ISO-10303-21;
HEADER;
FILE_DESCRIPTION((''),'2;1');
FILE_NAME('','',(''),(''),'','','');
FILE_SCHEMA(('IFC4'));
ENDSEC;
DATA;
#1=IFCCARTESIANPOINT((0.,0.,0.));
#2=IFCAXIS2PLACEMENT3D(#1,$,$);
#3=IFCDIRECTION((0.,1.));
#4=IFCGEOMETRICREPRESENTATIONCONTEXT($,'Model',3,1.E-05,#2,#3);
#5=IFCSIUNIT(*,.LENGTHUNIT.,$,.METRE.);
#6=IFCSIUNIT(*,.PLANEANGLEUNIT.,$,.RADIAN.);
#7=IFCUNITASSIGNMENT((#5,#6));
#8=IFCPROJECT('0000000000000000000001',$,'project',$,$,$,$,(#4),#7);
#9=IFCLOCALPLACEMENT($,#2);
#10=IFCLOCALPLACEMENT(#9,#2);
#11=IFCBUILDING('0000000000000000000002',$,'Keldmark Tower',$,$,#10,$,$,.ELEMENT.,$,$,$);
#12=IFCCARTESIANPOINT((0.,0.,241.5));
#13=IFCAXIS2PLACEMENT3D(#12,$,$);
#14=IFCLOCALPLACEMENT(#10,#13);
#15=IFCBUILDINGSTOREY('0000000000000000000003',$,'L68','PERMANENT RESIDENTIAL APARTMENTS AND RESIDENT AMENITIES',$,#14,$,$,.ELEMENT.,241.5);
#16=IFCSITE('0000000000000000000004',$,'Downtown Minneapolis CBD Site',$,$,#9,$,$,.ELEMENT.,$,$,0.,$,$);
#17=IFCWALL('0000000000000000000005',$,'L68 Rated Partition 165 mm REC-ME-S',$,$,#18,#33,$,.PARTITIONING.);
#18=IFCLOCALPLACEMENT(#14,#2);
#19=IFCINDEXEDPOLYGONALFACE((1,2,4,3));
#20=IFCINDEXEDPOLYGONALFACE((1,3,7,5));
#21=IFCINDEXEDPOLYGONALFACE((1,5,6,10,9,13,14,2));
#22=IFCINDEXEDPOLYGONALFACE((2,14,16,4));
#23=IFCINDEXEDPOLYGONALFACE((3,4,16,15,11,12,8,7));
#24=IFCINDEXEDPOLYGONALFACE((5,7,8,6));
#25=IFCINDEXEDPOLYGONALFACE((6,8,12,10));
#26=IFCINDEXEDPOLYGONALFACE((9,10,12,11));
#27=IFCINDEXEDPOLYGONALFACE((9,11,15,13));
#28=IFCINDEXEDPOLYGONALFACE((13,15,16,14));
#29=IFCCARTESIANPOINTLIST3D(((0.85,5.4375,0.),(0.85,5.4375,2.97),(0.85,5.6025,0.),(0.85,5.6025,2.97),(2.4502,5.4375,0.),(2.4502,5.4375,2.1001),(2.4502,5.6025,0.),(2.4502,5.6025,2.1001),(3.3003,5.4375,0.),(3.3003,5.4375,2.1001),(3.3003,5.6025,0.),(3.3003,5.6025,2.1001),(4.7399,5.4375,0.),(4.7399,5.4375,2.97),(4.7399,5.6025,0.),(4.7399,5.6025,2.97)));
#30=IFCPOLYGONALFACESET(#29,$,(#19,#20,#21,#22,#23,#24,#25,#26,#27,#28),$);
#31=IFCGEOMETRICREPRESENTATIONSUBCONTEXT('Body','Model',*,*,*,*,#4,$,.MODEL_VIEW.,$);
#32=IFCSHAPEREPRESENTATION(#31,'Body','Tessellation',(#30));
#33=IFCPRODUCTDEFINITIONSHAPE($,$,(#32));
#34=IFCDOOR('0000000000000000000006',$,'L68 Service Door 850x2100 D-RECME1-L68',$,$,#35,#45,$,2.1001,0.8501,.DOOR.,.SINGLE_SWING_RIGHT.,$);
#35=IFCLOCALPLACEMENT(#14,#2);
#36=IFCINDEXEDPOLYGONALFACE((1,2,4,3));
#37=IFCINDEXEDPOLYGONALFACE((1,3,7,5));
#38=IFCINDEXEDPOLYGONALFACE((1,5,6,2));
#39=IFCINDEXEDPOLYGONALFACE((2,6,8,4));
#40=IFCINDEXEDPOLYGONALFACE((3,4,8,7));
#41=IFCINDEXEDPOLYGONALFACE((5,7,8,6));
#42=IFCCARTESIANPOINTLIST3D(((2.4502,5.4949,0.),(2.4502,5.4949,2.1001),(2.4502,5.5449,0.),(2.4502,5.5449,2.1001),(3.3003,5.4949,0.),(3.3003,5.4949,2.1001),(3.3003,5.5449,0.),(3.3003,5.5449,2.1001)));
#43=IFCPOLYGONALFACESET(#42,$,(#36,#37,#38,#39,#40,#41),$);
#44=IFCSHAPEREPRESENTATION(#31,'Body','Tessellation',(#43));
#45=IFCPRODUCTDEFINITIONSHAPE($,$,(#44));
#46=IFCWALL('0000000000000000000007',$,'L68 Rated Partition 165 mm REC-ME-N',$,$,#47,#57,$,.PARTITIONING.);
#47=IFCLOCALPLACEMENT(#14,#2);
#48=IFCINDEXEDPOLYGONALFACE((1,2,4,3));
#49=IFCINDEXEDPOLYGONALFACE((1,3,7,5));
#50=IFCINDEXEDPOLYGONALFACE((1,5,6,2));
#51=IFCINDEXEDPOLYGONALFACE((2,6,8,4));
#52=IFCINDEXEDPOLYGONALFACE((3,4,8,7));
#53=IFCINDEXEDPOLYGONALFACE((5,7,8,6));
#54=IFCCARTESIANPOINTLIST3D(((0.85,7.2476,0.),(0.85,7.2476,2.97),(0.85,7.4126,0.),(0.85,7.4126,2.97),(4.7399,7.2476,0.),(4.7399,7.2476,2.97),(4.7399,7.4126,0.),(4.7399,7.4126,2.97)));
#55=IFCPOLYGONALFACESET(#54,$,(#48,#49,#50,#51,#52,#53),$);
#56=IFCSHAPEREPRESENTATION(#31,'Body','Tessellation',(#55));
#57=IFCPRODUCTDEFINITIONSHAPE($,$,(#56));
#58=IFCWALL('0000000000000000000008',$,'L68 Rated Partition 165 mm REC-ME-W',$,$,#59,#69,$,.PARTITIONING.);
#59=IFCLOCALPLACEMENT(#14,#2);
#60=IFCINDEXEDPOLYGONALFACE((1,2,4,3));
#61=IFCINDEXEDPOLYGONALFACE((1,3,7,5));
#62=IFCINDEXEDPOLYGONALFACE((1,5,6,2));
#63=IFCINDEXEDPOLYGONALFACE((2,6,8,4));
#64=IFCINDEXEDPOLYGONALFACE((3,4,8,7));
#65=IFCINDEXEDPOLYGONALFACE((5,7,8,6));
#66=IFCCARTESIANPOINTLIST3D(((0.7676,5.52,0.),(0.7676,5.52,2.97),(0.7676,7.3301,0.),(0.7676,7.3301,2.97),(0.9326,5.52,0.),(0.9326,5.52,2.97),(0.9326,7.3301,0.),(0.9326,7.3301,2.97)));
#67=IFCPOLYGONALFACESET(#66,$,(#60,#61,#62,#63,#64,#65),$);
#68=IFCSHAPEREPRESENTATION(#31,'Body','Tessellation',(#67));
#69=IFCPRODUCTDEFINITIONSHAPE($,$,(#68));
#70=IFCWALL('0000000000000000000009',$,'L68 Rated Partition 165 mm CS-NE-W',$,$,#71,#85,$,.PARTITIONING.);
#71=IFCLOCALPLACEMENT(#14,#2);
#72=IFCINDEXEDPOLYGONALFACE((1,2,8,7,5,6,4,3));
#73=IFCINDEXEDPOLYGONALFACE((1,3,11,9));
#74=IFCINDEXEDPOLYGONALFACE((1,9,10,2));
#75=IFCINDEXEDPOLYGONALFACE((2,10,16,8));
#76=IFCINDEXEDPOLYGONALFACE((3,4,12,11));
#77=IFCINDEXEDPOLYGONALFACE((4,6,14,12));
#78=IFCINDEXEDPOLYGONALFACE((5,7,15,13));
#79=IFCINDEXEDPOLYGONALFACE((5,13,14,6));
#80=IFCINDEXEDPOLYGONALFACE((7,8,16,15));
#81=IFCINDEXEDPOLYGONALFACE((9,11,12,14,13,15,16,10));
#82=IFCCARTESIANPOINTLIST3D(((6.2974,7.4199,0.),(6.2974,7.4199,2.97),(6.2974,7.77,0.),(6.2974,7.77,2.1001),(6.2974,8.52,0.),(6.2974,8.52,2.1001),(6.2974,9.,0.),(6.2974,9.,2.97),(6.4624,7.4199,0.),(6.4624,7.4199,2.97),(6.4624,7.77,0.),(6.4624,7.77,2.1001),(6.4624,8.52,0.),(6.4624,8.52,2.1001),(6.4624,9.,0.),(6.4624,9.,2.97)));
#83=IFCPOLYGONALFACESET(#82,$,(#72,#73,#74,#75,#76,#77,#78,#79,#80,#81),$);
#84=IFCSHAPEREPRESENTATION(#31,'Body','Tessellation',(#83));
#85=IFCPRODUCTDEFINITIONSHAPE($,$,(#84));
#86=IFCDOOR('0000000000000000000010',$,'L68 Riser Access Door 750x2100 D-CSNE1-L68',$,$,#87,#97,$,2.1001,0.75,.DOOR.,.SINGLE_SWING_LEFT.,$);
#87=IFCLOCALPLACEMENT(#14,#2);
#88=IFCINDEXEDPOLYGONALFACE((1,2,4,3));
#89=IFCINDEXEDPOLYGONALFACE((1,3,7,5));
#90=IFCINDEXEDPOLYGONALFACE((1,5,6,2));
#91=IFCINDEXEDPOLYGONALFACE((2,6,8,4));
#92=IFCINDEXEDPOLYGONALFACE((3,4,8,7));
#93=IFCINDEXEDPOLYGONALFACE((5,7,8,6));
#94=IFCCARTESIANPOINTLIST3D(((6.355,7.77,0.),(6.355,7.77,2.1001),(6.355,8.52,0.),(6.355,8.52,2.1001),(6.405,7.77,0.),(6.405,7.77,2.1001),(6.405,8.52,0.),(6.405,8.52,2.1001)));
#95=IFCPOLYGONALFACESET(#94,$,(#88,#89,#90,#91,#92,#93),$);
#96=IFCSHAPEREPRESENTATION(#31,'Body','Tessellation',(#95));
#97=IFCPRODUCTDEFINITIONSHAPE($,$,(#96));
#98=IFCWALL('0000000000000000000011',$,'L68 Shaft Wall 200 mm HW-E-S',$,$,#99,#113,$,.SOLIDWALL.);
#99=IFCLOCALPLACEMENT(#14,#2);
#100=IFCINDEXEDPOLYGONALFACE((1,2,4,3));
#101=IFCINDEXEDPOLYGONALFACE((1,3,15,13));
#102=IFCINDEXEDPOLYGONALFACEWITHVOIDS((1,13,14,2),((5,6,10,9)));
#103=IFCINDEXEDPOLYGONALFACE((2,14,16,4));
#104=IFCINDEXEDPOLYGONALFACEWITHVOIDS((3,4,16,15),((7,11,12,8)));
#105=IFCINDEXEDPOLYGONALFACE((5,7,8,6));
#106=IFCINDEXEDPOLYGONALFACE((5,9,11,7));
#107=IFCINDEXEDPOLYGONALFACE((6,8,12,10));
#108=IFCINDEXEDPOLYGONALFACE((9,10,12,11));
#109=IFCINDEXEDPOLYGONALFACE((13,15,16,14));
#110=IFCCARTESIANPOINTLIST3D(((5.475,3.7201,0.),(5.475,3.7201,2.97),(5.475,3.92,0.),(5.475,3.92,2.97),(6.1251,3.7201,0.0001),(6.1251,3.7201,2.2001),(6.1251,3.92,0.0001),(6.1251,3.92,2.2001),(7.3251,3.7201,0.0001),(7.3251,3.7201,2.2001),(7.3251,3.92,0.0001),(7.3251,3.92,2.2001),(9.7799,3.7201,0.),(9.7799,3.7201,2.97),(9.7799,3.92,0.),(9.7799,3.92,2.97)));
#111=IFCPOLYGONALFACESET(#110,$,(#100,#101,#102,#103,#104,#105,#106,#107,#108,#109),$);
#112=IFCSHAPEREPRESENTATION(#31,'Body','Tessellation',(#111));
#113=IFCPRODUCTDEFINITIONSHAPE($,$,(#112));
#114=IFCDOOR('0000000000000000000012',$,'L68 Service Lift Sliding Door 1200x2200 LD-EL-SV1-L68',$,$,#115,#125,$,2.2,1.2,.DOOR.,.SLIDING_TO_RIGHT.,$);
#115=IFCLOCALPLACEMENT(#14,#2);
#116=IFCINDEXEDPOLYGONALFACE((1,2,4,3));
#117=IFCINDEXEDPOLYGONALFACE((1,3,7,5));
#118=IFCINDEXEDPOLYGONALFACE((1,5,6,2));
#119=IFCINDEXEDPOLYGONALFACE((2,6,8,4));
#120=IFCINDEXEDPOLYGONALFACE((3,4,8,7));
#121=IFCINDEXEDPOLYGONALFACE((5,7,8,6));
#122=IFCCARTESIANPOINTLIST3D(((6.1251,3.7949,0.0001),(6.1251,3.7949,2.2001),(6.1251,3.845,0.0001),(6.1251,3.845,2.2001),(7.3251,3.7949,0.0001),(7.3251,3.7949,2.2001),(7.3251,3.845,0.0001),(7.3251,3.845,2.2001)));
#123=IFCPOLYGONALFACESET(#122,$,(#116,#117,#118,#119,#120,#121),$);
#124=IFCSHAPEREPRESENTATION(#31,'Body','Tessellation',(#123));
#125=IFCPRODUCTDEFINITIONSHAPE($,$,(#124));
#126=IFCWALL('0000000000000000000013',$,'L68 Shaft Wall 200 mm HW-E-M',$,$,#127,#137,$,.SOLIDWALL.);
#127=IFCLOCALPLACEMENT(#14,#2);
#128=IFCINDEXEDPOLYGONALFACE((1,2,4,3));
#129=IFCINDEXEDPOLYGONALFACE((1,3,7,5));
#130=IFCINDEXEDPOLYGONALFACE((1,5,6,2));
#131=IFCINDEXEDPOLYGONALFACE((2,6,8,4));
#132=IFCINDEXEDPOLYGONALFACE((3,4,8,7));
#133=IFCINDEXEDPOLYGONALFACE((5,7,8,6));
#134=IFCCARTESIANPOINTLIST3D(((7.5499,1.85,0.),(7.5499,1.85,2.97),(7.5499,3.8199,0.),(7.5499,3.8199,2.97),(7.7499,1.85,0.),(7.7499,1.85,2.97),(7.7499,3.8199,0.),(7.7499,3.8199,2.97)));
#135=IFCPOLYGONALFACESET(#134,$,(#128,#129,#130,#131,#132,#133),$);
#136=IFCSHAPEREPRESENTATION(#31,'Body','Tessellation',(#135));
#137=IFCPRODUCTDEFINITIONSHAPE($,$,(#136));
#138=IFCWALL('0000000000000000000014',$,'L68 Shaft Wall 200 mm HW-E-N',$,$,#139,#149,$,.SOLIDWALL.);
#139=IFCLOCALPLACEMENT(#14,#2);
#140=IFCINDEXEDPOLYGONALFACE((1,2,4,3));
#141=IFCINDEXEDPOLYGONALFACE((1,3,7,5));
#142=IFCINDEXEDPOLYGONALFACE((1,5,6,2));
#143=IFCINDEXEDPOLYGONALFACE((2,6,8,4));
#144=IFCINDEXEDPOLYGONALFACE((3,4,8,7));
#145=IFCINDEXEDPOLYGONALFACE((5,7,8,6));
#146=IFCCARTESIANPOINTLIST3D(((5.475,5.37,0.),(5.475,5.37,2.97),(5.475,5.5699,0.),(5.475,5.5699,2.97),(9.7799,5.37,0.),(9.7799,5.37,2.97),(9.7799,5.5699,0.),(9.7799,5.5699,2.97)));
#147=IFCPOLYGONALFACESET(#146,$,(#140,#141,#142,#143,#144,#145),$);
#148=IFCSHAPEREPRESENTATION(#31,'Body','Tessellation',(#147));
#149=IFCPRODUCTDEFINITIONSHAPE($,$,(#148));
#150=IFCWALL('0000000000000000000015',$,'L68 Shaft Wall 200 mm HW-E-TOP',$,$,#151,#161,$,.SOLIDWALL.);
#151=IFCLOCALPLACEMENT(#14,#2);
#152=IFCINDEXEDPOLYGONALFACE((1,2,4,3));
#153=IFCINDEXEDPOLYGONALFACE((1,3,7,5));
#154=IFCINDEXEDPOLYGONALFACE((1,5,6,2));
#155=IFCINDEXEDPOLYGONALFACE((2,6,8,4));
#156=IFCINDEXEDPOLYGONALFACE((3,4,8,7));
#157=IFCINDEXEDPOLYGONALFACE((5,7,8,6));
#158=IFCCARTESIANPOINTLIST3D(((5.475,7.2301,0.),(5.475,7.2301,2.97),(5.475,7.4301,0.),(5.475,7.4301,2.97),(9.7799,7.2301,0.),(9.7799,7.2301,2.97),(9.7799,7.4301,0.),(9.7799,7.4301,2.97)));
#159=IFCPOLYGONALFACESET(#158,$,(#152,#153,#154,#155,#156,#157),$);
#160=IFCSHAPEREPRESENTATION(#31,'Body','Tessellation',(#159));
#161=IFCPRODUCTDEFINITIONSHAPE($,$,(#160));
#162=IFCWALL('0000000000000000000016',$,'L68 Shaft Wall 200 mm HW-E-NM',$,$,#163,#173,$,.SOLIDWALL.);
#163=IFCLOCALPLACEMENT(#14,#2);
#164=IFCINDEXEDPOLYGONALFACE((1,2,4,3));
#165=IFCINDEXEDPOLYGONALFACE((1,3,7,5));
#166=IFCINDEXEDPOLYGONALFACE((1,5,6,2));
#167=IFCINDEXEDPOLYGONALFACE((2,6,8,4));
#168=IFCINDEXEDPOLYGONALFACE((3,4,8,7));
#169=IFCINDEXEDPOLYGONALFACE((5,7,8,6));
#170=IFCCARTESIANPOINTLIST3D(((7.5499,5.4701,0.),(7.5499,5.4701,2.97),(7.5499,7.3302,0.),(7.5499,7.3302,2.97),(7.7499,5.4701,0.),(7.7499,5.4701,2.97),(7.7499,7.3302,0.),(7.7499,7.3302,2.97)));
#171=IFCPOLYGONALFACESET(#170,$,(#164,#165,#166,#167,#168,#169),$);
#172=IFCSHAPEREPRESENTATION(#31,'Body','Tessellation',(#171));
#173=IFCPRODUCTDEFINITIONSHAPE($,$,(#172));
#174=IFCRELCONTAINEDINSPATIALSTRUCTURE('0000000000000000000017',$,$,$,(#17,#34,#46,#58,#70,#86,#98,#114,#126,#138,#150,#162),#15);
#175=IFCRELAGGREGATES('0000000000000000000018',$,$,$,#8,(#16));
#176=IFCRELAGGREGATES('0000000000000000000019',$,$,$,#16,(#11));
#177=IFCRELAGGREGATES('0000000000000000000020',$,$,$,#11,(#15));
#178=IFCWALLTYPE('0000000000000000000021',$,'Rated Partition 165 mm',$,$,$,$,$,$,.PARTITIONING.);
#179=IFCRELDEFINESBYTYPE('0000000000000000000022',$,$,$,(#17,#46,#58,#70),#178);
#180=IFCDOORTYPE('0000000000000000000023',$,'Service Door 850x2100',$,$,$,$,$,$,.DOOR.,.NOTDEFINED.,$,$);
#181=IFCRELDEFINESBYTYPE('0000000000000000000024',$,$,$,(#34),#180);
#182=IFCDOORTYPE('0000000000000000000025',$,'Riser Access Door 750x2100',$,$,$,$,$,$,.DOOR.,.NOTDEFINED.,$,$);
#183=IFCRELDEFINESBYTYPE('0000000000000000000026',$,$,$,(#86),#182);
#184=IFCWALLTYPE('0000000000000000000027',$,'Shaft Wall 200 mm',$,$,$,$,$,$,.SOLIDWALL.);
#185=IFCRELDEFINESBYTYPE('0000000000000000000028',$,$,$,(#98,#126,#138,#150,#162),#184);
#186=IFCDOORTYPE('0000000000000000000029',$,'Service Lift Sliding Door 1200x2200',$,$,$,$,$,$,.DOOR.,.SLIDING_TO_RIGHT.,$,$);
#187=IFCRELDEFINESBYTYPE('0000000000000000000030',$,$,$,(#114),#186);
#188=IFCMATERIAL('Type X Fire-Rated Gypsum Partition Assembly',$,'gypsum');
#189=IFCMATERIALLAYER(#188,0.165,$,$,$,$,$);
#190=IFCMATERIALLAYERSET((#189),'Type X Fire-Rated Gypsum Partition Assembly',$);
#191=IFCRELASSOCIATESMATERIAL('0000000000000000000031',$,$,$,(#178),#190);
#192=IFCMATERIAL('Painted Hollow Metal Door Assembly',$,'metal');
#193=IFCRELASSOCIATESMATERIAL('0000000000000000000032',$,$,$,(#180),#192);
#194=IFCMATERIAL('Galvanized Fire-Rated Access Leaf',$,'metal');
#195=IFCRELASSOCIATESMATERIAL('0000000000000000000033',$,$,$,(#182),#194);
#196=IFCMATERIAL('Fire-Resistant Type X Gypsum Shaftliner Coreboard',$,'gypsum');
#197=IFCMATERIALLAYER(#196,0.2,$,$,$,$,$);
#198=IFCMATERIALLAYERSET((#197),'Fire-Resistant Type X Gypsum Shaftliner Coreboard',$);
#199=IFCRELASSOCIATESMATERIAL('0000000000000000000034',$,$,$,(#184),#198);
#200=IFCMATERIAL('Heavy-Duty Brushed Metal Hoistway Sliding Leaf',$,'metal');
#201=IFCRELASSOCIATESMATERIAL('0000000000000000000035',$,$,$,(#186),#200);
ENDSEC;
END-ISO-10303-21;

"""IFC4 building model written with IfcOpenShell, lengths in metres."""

from ifc_helpers import new_model, si_unit, direction, frame, frame_2d, origin, place, context, subcontext, project, spatial, rectangle, extrude, material, layer, layer_set, type_object, element, fill, save


model = new_model("IFC4")

# Units and contexts
model_context = context("Model", 3, precision=1e-05, world=origin(), true_north=direction((0.0, 1.0)))
body_context = subcontext(model_context, "Body", "Model", "MODEL_VIEW")
ifc_project = project(units=[si_unit("LENGTHUNIT", "METRE"), si_unit("PLANEANGLEUNIT", "RADIAN")], contexts=[model_context])

# Site, building, storey
site_placement = place(None, origin())
site = spatial("IfcSite", under=ifc_project, at=site_placement, Name="Downtown Minneapolis CBD Site", CompositionType="ELEMENT", RefElevation=0.0)
building_placement = place(site_placement, origin())
building = spatial("IfcBuilding", under=site, at=building_placement, Name="Keldmark Tower", CompositionType="ELEMENT")
storey_placement = place(building_placement, frame((0.0, 0.0, 241.5)))
storey = spatial("IfcBuildingStorey", under=building, at=storey_placement, Name="L68", Description="PERMANENT RESIDENTIAL APARTMENTS AND RESIDENT AMENITIES", CompositionType="ELEMENT", Elevation=241.5)

# Shared definitions
ifc_material_1 = material(Name="Type X Fire-Rated Gypsum Partition Assembly", Category="gypsum")
ifc_layer_1 = layer(ifc_material_1, 0.165)
ifc_layer_set_1 = layer_set([ifc_layer_1], Name="Type X Fire-Rated Gypsum Partition Assembly")
wall_type_1 = type_object("IfcWallType", Name="Rated Partition 165 mm", PredefinedType="PARTITIONING", material=ifc_layer_set_1)

# Shared definitions
ifc_material_2 = material(Name="Painted Hollow Metal Door Assembly", Category="metal")
door_type_1 = type_object("IfcDoorType", Name="Service Door 850x2100", OperationType="NOTDEFINED", PredefinedType="DOOR", material=ifc_material_2)

# Wall, opening, door
wall_1_placement = place(storey_placement, frame((0.8501, 5.52, 0.0), z_axis=(0.0, 0.0, 1.0), x_axis=(1.0, 0.0, 0.0)))
wall_1 = element("IfcWall", 1, at=wall_1_placement, inside=storey, type_object=wall_type_1, Name="L68 Rated Partition 165 mm REC-ME-S", PredefinedType="PARTITIONING", context=body_context, shape_type="SweptSolid", body=[
    extrude(rectangle(XDim=3.8899, YDim=0.165, at=frame_2d((1.9448, 0.0))), origin(), (0.0, 0.0, 1.0), 2.97),
])
opening_1_placement = place(wall_1_placement, frame((1.6001, 0.0, 0.0)))
opening_1 = element("IfcOpeningElement", 2, at=opening_1_placement, cuts=wall_1, PredefinedType="OPENING", context=body_context, shape_type="SweptSolid", body=[
    extrude(rectangle(XDim=0.8501, YDim=2.1001, at=frame_2d((0.425, 1.05))), frame((0.0, 0.0925, 0.0), z_axis=(0.0, -1.0, 0.0), x_axis=(1.0, 0.0, 0.0)), (0.0, 0.0, 1.0), 0.1851),
])
door_1_placement = place(opening_1_placement, origin())
door_1 = element("IfcDoor", 3, at=door_1_placement, inside=storey, type_object=door_type_1, Name="L68 Service Door 850x2100 D-RECME1-L68", OperationType="SINGLE_SWING_RIGHT", OverallHeight=2.1001, OverallWidth=0.8501, PredefinedType="DOOR", context=body_context, shape_type="SweptSolid", body=[
    extrude(rectangle(XDim=0.8501, YDim=2.1001, at=frame_2d((0.425, 1.05))), frame((0.0, 0.0249, 0.0), z_axis=(0.0, -1.0, 0.0), x_axis=(1.0, 0.0, 0.0)), (0.0, 0.0, 1.0), 0.05),
])
fill(opening_1, door_1)

# Walls
wall_2_placement = place(storey_placement, frame((0.8501, 7.3301, 0.0), z_axis=(0.0, 0.0, 1.0), x_axis=(1.0, 0.0, 0.0)))
element("IfcWall", 4, at=wall_2_placement, inside=storey, type_object=wall_type_1, Name="L68 Rated Partition 165 mm REC-ME-N", PredefinedType="PARTITIONING", context=body_context, shape_type="SweptSolid", body=[
    extrude(rectangle(XDim=3.8899, YDim=0.165, at=frame_2d((1.9448, 0.0))), origin(), (0.0, 0.0, 1.0), 2.97),
])
wall_3_placement = place(storey_placement, frame((0.8501, 5.52, 0.0), z_axis=(0.0, 0.0, 1.0), x_axis=(0.0, 1.0, 0.0)))
element("IfcWall", 5, at=wall_3_placement, inside=storey, type_object=wall_type_1, Name="L68 Rated Partition 165 mm REC-ME-W", PredefinedType="PARTITIONING", context=body_context, shape_type="SweptSolid", body=[
    extrude(rectangle(XDim=1.8101, YDim=0.165, at=frame_2d((0.905, 0.0))), origin(), (0.0, 0.0, 1.0), 2.97),
])

# Walls, openings, doors
wall_4_placement = place(storey_placement, frame((6.3799, 7.4199, 0.0), z_axis=(0.0, 0.0, 1.0), x_axis=(0.0, 1.0, 0.0)))
wall_4 = element("IfcWall", 6, at=wall_4_placement, inside=storey, type_object=wall_type_1, Name="L68 Rated Partition 165 mm CS-NE-W", PredefinedType="PARTITIONING", context=body_context, shape_type="SweptSolid", body=[
    extrude(rectangle(XDim=1.5801, YDim=0.165, at=frame_2d((0.79, 0.0))), origin(), (0.0, 0.0, 1.0), 2.97),
])
opening_2_placement = place(wall_4_placement, frame((0.3501, 0.0, 0.0)))
opening_2 = element("IfcOpeningElement", 7, at=opening_2_placement, cuts=wall_4, PredefinedType="OPENING", context=body_context, shape_type="SweptSolid", body=[
    extrude(rectangle(XDim=0.75, YDim=2.1001, at=frame_2d((0.375, 1.05))), frame((0.0, 0.0925, 0.0), z_axis=(0.0, -1.0, 0.0), x_axis=(1.0, 0.0, 0.0)), (0.0, 0.0, 1.0), 0.1851),
])
ifc_material_3 = material(Name="Galvanized Fire-Rated Access Leaf", Category="metal")
door_type_2 = type_object("IfcDoorType", Name="Riser Access Door 750x2100", OperationType="NOTDEFINED", PredefinedType="DOOR", material=ifc_material_3)
door_2_placement = place(opening_2_placement, origin())
door_2 = element("IfcDoor", 8, at=door_2_placement, inside=storey, type_object=door_type_2, Name="L68 Riser Access Door 750x2100 D-CSNE1-L68", OperationType="SINGLE_SWING_LEFT", OverallHeight=2.1001, OverallWidth=0.75, PredefinedType="DOOR", context=body_context, shape_type="SweptSolid", body=[
    extrude(rectangle(XDim=0.75, YDim=2.1001, at=frame_2d((0.375, 1.05))), frame((0.0, 0.0249, 0.0), z_axis=(0.0, -1.0, 0.0), x_axis=(1.0, 0.0, 0.0)), (0.0, 0.0, 1.0), 0.05),
])
fill(opening_2, door_2)
ifc_material_4 = material(Name="Fire-Resistant Type X Gypsum Shaftliner Coreboard", Category="gypsum")
ifc_layer_2 = layer(ifc_material_4, 0.2)
ifc_layer_set_2 = layer_set([ifc_layer_2], Name="Fire-Resistant Type X Gypsum Shaftliner Coreboard")
wall_type_2 = type_object("IfcWallType", Name="Shaft Wall 200 mm", PredefinedType="SOLIDWALL", material=ifc_layer_set_2)
wall_5_placement = place(storey_placement, frame((5.4751, 3.8201, 0.0), z_axis=(0.0, 0.0, 1.0), x_axis=(1.0, 0.0, 0.0)))
wall_5 = element("IfcWall", 9, at=wall_5_placement, inside=storey, type_object=wall_type_2, Name="L68 Shaft Wall 200 mm HW-E-S", PredefinedType="SOLIDWALL", context=body_context, shape_type="SweptSolid", body=[
    extrude(rectangle(XDim=4.3049, YDim=0.2, at=frame_2d((2.1523, 0.0))), origin(), (0.0, 0.0, 1.0), 2.97),
])
opening_3_placement = place(wall_5_placement, frame((0.6499, 0.0, 0.0)))
opening_3 = element("IfcOpeningElement", 10, at=opening_3_placement, cuts=wall_5, PredefinedType="OPENING", context=body_context, shape_type="SweptSolid", body=[
    extrude(rectangle(XDim=1.2, YDim=2.2, at=frame_2d((0.6001, 1.1001))), frame((0.0, 0.1099, 0.0), z_axis=(0.0, -1.0, 0.0), x_axis=(1.0, 0.0, 0.0)), (0.0, 0.0, 1.0), 0.22),
])
ifc_material_5 = material(Name="Heavy-Duty Brushed Metal Hoistway Sliding Leaf", Category="metal")
door_type_3 = type_object("IfcDoorType", Name="Service Lift Sliding Door 1200x2200", OperationType="SLIDING_TO_RIGHT", PredefinedType="DOOR", material=ifc_material_5)
door_3_placement = place(opening_3_placement, origin())
door_3 = element("IfcDoor", 11, at=door_3_placement, inside=storey, type_object=door_type_3, Name="L68 Service Lift Sliding Door 1200x2200 LD-EL-SV1-L68", OperationType="SLIDING_TO_RIGHT", OverallHeight=2.2, OverallWidth=1.2, PredefinedType="DOOR", context=body_context, shape_type="SweptSolid", body=[
    extrude(rectangle(XDim=1.2, YDim=2.2, at=frame_2d((0.6001, 1.1001))), frame((0.0, 0.0249, 0.0), z_axis=(0.0, -1.0, 0.0), x_axis=(1.0, 0.0, 0.0)), (0.0, 0.0, 1.0), 0.05),
])
fill(opening_3, door_3)

# Walls
wall_6_placement = place(storey_placement, frame((7.6499, 1.8501, 0.0), z_axis=(0.0, 0.0, 1.0), x_axis=(0.0, 1.0, 0.0)))
element("IfcWall", 12, at=wall_6_placement, inside=storey, type_object=wall_type_2, Name="L68 Shaft Wall 200 mm HW-E-M", PredefinedType="SOLIDWALL", context=body_context, shape_type="SweptSolid", body=[
    extrude(rectangle(XDim=1.97, YDim=0.2, at=frame_2d((0.9849, 0.0))), origin(), (0.0, 0.0, 1.0), 2.97),
])
for number, where, z_axis, x_axis, name in (
    (13, (5.4751, 5.47, 0.0), (0.0, 0.0, 1.0), (1.0, 0.0, 0.0), "L68 Shaft Wall 200 mm HW-E-N"),
    (14, (5.4751, 7.3301, 0.0), (0.0, 0.0, 1.0), (1.0, 0.0, 0.0), "L68 Shaft Wall 200 mm HW-E-TOP"),
):
    element("IfcWall", number, at=place(storey_placement, frame(where, z_axis=z_axis, x_axis=x_axis)), inside=storey, type_object=wall_type_2, Name=name, PredefinedType="SOLIDWALL", context=body_context, shape_type="SweptSolid", body=[
        extrude(rectangle(XDim=4.3049, YDim=0.2, at=frame_2d((2.1523, 0.0))), origin(), (0.0, 0.0, 1.0), 2.97),
    ])
wall_7_placement = place(storey_placement, frame((7.6499, 5.47, 0.0), z_axis=(0.0, 0.0, 1.0), x_axis=(0.0, 1.0, 0.0)))
element("IfcWall", 15, at=wall_7_placement, inside=storey, type_object=wall_type_2, Name="L68 Shaft Wall 200 mm HW-E-NM", PredefinedType="SOLIDWALL", context=body_context, shape_type="SweptSolid", body=[
    extrude(rectangle(XDim=1.8601, YDim=0.2, at=frame_2d((0.9302, 0.0))), origin(), (0.0, 0.0, 1.0), 2.97),
])

save(model, "model.ifc")
